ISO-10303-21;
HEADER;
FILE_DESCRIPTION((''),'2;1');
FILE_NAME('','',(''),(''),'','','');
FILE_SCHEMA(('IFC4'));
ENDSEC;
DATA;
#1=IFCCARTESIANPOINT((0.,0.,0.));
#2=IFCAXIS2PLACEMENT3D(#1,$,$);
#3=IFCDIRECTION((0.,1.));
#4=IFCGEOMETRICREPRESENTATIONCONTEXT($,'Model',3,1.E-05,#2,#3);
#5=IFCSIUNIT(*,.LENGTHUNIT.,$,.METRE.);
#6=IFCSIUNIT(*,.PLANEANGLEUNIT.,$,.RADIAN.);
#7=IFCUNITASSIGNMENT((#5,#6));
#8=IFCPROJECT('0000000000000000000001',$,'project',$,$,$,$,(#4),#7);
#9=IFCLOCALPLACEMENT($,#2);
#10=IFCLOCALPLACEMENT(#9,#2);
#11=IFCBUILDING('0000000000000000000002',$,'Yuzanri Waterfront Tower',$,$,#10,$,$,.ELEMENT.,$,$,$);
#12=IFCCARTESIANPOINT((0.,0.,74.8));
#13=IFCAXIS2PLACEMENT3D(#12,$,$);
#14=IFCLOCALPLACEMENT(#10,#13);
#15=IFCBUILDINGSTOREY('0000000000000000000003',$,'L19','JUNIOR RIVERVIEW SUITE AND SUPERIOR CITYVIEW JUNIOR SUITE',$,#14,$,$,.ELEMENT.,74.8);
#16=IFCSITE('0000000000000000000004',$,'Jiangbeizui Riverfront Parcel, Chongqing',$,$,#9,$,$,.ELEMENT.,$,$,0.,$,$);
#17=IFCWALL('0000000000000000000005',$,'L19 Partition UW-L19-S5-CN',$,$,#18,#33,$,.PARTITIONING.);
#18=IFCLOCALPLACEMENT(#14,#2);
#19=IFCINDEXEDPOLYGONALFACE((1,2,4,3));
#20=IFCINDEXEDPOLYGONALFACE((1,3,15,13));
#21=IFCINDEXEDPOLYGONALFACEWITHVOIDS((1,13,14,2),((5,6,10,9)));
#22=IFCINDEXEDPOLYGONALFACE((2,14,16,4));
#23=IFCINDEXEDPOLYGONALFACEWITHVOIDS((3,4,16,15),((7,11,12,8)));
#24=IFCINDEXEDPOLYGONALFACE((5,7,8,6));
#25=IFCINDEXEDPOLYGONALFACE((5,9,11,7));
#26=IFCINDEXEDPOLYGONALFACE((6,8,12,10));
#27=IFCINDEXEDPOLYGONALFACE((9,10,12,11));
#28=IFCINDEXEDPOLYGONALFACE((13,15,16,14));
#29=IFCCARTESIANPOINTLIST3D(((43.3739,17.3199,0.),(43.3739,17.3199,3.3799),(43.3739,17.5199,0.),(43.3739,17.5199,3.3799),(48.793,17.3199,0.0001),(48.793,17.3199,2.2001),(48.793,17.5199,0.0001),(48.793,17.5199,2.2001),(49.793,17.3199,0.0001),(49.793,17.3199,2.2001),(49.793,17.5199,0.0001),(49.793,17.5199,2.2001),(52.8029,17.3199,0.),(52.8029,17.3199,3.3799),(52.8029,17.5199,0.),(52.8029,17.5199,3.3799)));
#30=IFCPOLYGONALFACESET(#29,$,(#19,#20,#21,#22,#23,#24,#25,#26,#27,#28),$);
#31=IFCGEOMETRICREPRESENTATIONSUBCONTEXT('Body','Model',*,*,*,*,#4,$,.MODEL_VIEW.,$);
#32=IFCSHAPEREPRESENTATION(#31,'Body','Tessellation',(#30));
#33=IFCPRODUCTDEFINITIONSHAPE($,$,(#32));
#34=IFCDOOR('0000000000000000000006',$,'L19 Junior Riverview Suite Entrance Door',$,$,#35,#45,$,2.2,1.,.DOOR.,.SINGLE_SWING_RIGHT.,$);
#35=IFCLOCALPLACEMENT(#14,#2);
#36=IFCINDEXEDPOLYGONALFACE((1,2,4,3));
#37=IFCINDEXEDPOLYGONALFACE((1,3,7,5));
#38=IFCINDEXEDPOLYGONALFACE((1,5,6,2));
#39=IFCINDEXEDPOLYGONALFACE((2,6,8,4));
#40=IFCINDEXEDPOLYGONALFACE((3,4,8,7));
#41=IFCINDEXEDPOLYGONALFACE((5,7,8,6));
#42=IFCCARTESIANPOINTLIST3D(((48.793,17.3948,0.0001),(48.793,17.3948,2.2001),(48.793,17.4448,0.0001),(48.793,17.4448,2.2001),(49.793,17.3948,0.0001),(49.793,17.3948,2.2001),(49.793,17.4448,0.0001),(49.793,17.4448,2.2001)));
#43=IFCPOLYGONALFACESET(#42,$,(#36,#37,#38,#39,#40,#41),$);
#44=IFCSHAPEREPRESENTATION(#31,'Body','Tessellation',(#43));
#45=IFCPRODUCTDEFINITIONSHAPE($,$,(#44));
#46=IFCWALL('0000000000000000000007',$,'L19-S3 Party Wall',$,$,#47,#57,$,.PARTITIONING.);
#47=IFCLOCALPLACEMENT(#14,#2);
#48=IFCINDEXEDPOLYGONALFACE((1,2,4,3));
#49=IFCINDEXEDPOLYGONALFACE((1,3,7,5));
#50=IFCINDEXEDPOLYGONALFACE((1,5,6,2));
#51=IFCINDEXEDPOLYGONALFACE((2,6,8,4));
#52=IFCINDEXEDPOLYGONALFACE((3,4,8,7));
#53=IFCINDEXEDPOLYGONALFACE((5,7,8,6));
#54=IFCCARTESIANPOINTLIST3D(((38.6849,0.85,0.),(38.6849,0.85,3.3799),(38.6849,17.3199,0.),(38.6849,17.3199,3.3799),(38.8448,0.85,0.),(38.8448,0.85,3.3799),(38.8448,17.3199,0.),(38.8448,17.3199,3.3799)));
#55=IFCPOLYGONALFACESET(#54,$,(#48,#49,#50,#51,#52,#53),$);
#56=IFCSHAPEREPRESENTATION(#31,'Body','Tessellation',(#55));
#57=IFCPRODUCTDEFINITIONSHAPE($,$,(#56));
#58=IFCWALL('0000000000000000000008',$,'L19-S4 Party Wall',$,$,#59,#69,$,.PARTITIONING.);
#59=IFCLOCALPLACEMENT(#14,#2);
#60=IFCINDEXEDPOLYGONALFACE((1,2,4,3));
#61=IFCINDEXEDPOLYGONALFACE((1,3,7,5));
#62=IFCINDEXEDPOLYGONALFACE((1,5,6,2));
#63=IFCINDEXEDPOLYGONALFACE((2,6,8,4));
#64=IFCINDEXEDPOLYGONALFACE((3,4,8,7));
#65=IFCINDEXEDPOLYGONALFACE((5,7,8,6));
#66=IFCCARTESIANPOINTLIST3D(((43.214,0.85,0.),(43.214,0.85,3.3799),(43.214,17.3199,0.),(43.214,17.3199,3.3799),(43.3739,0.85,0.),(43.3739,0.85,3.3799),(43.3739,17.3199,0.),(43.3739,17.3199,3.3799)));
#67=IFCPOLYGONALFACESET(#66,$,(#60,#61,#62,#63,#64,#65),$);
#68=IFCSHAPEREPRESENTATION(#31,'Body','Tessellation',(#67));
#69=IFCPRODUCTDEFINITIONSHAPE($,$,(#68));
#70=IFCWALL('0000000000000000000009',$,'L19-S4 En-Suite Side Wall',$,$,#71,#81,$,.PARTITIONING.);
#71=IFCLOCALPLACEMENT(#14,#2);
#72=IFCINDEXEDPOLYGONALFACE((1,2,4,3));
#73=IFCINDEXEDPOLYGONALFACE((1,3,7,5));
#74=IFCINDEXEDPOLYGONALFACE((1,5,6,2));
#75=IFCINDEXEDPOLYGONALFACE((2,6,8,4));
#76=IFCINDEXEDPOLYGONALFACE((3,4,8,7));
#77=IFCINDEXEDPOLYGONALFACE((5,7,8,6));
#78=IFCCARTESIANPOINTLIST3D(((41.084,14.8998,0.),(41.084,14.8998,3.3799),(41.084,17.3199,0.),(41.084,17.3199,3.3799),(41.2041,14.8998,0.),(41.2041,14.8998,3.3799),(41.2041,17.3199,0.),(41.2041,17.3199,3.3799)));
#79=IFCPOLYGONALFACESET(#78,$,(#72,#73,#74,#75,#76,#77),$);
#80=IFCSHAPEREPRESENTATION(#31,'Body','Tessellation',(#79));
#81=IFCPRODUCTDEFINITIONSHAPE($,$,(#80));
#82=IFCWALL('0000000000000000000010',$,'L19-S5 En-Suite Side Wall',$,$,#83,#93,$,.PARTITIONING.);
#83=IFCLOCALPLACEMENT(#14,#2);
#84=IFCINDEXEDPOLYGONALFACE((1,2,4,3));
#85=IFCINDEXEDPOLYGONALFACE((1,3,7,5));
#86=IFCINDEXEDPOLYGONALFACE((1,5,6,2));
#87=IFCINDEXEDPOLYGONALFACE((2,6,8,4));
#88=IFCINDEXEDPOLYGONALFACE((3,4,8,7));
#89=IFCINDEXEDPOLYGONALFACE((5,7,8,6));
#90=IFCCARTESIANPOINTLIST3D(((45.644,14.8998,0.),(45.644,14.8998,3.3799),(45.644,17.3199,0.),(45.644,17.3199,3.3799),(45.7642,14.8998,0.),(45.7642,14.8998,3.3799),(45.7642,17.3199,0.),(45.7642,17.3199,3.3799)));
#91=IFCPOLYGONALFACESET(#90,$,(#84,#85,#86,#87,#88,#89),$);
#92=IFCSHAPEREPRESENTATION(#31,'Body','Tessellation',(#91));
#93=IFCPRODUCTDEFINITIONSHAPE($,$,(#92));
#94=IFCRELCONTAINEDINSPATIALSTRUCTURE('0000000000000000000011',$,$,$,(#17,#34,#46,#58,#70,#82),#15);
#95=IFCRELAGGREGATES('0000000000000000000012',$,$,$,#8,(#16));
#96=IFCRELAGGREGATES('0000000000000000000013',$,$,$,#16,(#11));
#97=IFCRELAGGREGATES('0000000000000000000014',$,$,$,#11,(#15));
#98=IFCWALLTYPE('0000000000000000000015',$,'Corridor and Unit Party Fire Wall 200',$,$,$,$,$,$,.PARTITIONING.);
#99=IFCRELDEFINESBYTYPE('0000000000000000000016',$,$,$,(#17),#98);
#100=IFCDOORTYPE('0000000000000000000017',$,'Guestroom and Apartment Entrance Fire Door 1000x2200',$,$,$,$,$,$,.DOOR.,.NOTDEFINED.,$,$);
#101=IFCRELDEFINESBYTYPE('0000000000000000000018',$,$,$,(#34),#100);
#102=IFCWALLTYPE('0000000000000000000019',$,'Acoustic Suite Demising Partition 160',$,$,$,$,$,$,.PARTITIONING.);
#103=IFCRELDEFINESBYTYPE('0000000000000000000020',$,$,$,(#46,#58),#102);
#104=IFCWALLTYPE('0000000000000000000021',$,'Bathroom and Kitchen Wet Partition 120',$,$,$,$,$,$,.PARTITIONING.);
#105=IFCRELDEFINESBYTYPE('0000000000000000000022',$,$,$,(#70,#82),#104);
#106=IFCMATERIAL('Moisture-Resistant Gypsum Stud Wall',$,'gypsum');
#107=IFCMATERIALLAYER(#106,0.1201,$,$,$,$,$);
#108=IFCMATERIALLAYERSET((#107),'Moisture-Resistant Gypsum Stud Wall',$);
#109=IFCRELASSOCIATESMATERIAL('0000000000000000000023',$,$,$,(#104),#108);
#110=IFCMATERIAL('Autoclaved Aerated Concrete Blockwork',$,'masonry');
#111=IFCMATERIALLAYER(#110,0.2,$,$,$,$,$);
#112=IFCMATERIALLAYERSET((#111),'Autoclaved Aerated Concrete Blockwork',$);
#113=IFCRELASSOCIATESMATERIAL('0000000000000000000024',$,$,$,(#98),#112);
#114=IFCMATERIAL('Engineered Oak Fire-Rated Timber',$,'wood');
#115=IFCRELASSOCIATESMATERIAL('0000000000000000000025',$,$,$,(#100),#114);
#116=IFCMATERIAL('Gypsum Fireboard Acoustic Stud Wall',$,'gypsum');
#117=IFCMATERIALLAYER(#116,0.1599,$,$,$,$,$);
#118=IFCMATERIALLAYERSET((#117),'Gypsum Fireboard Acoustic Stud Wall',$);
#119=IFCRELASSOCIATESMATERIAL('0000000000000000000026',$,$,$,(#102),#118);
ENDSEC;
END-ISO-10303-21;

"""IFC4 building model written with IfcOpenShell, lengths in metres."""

from ifc_helpers import new_model, si_unit, direction, frame, frame_2d, origin, place, context, subcontext, project, spatial, rectangle, extrude, source, transform, mapped, material, layer, layer_set, type_object, element, fill, save


model = new_model("IFC4")

# Units and contexts
model_context = context("Model", 3, precision=1e-05, world=origin(), true_north=direction((0.0, 1.0)))
body_context = subcontext(model_context, "Body", "Model", "MODEL_VIEW")
ifc_project = project(units=[si_unit("LENGTHUNIT", "METRE"), si_unit("PLANEANGLEUNIT", "RADIAN")], contexts=[model_context])

# Site, building, storey
site_placement = place(None, origin())
site = spatial("IfcSite", under=ifc_project, at=site_placement, Name="Jiangbeizui Riverfront Parcel, Chongqing", CompositionType="ELEMENT", RefElevation=0.0)
building_placement = place(site_placement, origin())
building = spatial("IfcBuilding", under=site, at=building_placement, Name="Yuzanri Waterfront Tower", CompositionType="ELEMENT")
storey_placement = place(building_placement, frame((0.0, 0.0, 74.8)))
storey = spatial("IfcBuildingStorey", under=building, at=storey_placement, Name="L19", Description="JUNIOR RIVERVIEW SUITE AND SUPERIOR CITYVIEW JUNIOR SUITE", CompositionType="ELEMENT", Elevation=74.8)

# Wall, opening, door
ifc_material_1 = material(Name="Moisture-Resistant Gypsum Stud Wall", Category="gypsum")
ifc_layer_1 = layer(ifc_material_1, 0.1201)
ifc_layer_set_1 = layer_set([ifc_layer_1], Name="Moisture-Resistant Gypsum Stud Wall")
wall_type_1 = type_object("IfcWallType", Name="Bathroom and Kitchen Wet Partition 120", PredefinedType="PARTITIONING", material=ifc_layer_set_1)
ifc_material_2 = material(Name="Autoclaved Aerated Concrete Blockwork", Category="masonry")
ifc_layer_2 = layer(ifc_material_2, 0.2)
ifc_layer_set_2 = layer_set([ifc_layer_2], Name="Autoclaved Aerated Concrete Blockwork")
wall_type_2 = type_object("IfcWallType", Name="Corridor and Unit Party Fire Wall 200", PredefinedType="PARTITIONING", material=ifc_layer_set_2)
ifc_material_3 = material(Name="Engineered Oak Fire-Rated Timber", Category="wood")
door_type_1 = type_object("IfcDoorType", Name="Guestroom and Apartment Entrance Fire Door 1000x2200", OperationType="NOTDEFINED", PredefinedType="DOOR", material=ifc_material_3)
shared_shape_1 = source(origin(), body_context, "Body", "SweptSolid", [
    extrude(rectangle(XDim=1.0, YDim=2.2, at=frame_2d((0.5, 1.1001))), frame((0.0, 0.0249, 0.0), z_axis=(0.0, -1.0, 0.0), x_axis=(1.0, 0.0, 0.0)), (0.0, 0.0, 1.0), 0.05),
])
wall_1_placement = place(storey_placement, frame((43.374, 17.4199, 0.0), z_axis=(0.0, 0.0, 1.0), x_axis=(1.0, 0.0, 0.0)))
wall_1 = element("IfcWall", 1, at=wall_1_placement, inside=storey, type_object=wall_type_2, Name="L19 Partition UW-L19-S5-CN", PredefinedType="PARTITIONING", context=body_context, shape_type="SweptSolid", body=[
    extrude(rectangle(XDim=9.429, YDim=0.2, at=frame_2d((4.7144, 0.0))), origin(), (0.0, 0.0, 1.0), 3.3799),
])
opening_1_placement = place(wall_1_placement, frame((5.4189, 0.0, 0.0)))
opening_1 = element("IfcOpeningElement", 2, at=opening_1_placement, cuts=wall_1, PredefinedType="OPENING", context=body_context, shape_type="SweptSolid", body=[
    extrude(rectangle(XDim=1.0, YDim=2.2, at=frame_2d((0.5, 1.1001))), frame((0.0, 0.1147, 0.0), z_axis=(0.0, -1.0, 0.0), x_axis=(1.0, 0.0, 0.0)), (0.0, 0.0, 1.0), 0.2297),
])
door_1_placement = place(opening_1_placement, origin())
door_1 = element("IfcDoor", 3, at=door_1_placement, inside=storey, type_object=door_type_1, Name="L19 Junior Riverview Suite Entrance Door", OperationType="SINGLE_SWING_RIGHT", OverallHeight=2.2, OverallWidth=1.0, PredefinedType="DOOR", context=body_context, shape_type="MappedRepresentation", body=[
    mapped(shared_shape_1, transform((0.0, 0.0, 0.0), scale=1.0)),
])
fill(opening_1, door_1)

# Walls
ifc_material_4 = material(Name="Gypsum Fireboard Acoustic Stud Wall", Category="gypsum")
ifc_layer_3 = layer(ifc_material_4, 0.1599)
ifc_layer_set_3 = layer_set([ifc_layer_3], Name="Gypsum Fireboard Acoustic Stud Wall")
wall_type_3 = type_object("IfcWallType", Name="Acoustic Suite Demising Partition 160", PredefinedType="PARTITIONING", material=ifc_layer_set_3)
shared_shape_2 = source(origin(), body_context, "Body", "SweptSolid", [
    extrude(rectangle(XDim=16.47, YDim=0.1599, at=frame_2d((8.2349, 0.0))), origin(), (0.0, 0.0, 1.0), 3.3799),
])
for number, where, z_axis, x_axis, name in (
    (4, (38.7649, 0.8501, 0.0), (0.0, 0.0, 1.0), (0.0, 1.0, 0.0), "L19-S3 Party Wall"),
    (5, (43.2939, 0.8501, 0.0), (0.0, 0.0, 1.0), (0.0, 1.0, 0.0), "L19-S4 Party Wall"),
):
    element("IfcWall", number, at=place(storey_placement, frame(where, z_axis=z_axis, x_axis=x_axis)), inside=storey, type_object=wall_type_3, Name=name, PredefinedType="PARTITIONING", context=body_context, shape_type="MappedRepresentation", body=[
        mapped(shared_shape_2, transform((0.0, 0.0, 0.0), scale=1.0)),
    ])
shared_shape_3 = source(origin(), body_context, "Body", "SweptSolid", [
    extrude(rectangle(XDim=2.4202, YDim=0.1201, at=frame_2d((1.21, 0.0))), origin(), (0.0, 0.0, 1.0), 3.3799),
])
for number, where, z_axis, x_axis, name in (
    (6, (41.144, 14.8999, 0.0), (0.0, 0.0, 1.0), (0.0, 1.0, 0.0), "L19-S4 En-Suite Side Wall"),
    (7, (45.7041, 14.8999, 0.0), (0.0, 0.0, 1.0), (0.0, 1.0, 0.0), "L19-S5 En-Suite Side Wall"),
):
    element("IfcWall", number, at=place(storey_placement, frame(where, z_axis=z_axis, x_axis=x_axis)), inside=storey, type_object=wall_type_1, Name=name, PredefinedType="PARTITIONING", context=body_context, shape_type="MappedRepresentation", body=[
        mapped(shared_shape_3, transform((0.0, 0.0, 0.0), scale=1.0)),
    ])

save(model, "model.ifc")
